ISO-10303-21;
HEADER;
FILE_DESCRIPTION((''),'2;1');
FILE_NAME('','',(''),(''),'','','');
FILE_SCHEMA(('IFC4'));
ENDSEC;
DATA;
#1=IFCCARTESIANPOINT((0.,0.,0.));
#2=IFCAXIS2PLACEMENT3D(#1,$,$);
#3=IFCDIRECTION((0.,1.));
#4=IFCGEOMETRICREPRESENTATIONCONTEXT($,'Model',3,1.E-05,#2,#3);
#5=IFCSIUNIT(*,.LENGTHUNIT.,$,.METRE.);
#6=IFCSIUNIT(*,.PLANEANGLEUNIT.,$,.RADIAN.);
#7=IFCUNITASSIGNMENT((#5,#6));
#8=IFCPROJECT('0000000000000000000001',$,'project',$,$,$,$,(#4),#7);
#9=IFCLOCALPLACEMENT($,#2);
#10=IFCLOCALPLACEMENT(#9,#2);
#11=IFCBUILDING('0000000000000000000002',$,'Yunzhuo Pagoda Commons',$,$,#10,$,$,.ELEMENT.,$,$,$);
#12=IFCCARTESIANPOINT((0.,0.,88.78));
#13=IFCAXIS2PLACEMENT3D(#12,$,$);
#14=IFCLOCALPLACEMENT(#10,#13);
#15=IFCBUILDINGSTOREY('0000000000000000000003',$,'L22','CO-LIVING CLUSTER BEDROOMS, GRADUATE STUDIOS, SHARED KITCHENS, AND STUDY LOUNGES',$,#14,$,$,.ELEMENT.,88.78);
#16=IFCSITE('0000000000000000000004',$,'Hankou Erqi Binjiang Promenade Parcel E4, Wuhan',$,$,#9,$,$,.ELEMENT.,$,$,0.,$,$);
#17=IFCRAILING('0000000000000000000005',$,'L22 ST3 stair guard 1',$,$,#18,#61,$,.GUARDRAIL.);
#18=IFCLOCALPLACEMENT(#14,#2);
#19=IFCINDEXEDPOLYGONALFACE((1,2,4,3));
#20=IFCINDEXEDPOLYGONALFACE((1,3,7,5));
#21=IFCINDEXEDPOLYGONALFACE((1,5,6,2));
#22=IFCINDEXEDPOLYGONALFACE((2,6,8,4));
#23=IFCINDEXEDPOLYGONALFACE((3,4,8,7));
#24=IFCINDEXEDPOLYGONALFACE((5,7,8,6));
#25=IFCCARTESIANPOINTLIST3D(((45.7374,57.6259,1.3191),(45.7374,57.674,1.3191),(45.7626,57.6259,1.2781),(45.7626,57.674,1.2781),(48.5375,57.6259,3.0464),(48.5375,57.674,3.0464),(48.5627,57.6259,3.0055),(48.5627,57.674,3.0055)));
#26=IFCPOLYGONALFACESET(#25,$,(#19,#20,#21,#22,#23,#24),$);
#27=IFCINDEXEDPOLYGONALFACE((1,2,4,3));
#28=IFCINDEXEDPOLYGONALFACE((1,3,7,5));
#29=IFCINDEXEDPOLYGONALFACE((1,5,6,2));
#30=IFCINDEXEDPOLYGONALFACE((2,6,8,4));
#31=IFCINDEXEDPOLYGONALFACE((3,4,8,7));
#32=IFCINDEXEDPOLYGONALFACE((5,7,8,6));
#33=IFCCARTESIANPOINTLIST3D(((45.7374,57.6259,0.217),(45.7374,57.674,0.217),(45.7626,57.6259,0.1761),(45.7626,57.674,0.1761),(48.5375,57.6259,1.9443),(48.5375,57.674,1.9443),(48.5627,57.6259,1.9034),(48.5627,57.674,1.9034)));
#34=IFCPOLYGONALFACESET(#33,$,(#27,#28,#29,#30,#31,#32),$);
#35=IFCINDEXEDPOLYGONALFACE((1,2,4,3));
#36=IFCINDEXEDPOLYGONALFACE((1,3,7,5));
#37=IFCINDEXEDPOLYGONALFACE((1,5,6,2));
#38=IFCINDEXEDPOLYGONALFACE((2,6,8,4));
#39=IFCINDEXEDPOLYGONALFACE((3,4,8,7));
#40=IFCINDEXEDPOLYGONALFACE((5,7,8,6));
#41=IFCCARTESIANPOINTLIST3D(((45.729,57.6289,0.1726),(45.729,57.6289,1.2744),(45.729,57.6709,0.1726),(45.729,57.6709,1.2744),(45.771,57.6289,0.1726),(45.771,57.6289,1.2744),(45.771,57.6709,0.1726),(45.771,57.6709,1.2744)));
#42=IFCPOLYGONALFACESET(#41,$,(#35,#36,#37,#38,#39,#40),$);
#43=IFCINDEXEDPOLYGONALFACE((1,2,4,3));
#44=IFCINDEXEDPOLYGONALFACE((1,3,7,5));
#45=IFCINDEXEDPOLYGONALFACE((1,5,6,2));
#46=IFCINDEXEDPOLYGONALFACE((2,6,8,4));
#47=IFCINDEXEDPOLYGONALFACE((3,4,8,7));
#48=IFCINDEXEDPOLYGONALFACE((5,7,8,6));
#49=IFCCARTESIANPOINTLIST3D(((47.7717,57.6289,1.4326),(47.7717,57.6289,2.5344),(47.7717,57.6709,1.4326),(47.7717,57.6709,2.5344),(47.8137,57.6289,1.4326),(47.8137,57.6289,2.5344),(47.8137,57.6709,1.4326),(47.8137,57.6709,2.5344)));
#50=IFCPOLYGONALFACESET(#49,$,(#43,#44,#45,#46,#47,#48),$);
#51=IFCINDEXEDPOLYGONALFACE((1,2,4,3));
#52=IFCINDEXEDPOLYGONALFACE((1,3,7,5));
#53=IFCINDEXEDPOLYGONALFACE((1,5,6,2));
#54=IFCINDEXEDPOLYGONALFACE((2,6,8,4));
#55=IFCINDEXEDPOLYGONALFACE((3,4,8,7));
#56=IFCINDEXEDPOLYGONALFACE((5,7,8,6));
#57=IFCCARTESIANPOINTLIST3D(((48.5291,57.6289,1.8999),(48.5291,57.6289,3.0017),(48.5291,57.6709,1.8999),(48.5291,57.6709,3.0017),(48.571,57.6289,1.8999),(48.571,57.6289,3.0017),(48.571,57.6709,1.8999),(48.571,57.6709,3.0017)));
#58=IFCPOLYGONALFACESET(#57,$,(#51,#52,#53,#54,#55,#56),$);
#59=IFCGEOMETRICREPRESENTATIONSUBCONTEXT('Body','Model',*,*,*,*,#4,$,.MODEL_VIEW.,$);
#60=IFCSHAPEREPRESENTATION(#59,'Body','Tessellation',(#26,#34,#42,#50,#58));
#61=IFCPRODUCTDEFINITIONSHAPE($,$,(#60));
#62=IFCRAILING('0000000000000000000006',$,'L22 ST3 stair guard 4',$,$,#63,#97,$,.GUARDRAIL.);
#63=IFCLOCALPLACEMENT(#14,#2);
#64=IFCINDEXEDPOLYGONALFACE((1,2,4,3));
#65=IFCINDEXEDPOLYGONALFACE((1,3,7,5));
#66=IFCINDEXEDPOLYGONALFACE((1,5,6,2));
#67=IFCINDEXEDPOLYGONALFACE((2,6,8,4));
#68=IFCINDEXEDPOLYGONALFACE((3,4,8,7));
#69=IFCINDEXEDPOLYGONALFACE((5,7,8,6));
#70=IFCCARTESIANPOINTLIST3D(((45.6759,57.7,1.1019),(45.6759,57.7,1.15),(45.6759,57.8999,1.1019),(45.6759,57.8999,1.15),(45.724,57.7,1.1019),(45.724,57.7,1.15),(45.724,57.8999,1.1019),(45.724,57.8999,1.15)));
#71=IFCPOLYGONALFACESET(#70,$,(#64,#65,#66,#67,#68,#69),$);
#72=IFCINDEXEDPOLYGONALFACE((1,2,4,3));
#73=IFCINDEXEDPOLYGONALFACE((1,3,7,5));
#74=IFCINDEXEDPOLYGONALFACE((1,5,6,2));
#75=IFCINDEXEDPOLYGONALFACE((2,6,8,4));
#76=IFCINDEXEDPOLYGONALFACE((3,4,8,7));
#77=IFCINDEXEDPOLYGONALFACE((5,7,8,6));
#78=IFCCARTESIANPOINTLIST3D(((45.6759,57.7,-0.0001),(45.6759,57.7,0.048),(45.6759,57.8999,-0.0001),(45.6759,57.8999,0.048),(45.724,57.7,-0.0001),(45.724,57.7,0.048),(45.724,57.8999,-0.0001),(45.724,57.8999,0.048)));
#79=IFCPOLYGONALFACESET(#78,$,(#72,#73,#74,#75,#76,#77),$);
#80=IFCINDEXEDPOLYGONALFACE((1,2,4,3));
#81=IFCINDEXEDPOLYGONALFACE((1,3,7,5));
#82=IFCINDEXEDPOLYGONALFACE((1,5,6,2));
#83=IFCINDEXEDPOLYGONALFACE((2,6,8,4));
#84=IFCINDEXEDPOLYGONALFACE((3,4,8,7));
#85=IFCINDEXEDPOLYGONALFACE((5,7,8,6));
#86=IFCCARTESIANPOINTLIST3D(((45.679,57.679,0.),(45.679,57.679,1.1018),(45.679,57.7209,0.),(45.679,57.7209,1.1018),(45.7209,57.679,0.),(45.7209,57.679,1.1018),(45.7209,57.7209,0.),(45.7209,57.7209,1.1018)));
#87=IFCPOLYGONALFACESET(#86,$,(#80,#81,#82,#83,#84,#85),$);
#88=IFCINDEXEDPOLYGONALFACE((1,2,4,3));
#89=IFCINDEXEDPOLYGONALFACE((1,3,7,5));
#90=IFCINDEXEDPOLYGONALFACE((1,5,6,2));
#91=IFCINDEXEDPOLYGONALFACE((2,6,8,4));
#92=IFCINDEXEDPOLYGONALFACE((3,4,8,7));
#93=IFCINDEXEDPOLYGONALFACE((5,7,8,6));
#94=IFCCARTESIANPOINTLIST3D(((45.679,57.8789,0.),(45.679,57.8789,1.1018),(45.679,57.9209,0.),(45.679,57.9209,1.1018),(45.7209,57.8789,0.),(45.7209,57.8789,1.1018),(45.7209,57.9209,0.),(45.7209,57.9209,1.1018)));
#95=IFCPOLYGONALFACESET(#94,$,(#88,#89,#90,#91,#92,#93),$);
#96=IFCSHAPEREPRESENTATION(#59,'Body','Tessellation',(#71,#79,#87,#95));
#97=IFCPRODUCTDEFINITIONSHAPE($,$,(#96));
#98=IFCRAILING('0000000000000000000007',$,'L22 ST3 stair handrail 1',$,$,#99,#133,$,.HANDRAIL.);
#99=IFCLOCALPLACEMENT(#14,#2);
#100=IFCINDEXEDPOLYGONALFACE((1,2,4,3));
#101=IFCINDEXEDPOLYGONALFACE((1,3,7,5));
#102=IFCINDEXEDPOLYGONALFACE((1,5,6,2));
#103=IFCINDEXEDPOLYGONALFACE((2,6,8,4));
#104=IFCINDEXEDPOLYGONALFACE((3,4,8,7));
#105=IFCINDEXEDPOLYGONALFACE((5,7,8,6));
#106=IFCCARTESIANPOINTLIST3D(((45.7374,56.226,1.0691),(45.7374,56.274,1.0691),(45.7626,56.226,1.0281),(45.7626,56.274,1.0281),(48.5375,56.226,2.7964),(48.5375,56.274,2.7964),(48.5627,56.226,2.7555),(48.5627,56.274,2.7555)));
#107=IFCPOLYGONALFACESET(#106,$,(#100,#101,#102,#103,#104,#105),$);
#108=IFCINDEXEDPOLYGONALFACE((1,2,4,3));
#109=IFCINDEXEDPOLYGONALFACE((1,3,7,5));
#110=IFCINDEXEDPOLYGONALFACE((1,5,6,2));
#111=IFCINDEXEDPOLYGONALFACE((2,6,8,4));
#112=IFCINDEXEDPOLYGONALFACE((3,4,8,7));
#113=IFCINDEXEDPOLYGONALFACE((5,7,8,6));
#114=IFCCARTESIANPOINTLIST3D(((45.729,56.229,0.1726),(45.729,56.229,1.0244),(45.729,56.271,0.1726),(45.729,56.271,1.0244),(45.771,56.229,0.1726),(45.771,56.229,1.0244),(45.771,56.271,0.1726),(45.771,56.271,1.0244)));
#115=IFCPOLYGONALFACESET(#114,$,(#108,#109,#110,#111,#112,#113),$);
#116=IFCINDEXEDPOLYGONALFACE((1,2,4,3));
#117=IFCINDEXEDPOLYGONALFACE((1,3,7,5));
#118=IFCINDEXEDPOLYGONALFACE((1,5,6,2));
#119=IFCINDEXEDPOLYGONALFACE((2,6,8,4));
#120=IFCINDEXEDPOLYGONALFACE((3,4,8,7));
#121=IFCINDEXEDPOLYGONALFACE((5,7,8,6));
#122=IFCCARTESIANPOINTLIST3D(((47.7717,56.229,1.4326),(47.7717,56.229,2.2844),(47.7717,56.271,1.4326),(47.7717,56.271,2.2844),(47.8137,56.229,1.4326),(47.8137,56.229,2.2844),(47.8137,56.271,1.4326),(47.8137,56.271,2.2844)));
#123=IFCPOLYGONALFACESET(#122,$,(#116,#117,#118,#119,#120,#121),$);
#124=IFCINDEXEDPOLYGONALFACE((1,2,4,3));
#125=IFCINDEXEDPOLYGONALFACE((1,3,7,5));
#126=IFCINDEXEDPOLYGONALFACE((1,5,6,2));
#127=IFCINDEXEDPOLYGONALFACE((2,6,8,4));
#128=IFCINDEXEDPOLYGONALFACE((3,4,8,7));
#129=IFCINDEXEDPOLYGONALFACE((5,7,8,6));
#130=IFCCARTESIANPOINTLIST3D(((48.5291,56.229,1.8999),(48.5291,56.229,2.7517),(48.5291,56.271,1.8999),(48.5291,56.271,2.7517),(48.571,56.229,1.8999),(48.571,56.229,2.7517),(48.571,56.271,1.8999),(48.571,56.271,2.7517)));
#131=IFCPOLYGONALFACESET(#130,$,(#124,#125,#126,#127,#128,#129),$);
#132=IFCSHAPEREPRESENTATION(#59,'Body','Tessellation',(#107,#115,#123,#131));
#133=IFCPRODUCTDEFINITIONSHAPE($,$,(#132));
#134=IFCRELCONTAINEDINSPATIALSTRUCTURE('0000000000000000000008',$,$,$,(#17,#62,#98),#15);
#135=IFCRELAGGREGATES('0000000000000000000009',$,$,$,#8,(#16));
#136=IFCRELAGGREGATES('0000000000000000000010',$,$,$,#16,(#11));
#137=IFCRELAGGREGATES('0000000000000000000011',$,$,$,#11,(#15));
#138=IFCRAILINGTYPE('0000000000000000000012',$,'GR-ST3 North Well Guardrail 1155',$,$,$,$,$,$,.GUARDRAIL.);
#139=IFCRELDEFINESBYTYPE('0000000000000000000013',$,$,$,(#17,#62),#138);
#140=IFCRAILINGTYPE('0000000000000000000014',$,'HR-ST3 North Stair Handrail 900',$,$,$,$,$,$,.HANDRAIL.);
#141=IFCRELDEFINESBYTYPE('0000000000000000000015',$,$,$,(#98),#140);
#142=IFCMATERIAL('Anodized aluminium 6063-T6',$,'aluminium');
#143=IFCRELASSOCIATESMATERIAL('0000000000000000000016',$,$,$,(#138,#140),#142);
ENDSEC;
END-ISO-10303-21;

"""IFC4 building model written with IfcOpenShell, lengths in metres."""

from ifc_helpers import new_model, si_unit, direction, frame, origin, origin_2d, place, context, subcontext, project, spatial, rectangle, extrude, material, type_object, element, save


model = new_model("IFC4")

# Units and contexts
model_context = context("Model", 3, precision=1e-05, world=origin(), true_north=direction((0.0, 1.0)))
body_context = subcontext(model_context, "Body", "Model", "MODEL_VIEW")
ifc_project = project(units=[si_unit("LENGTHUNIT", "METRE"), si_unit("PLANEANGLEUNIT", "RADIAN")], contexts=[model_context])

# Site, building, storey
site_placement = place(None, origin())
site = spatial("IfcSite", under=ifc_project, at=site_placement, Name="Hankou Erqi Binjiang Promenade Parcel E4, Wuhan", CompositionType="ELEMENT", RefElevation=0.0)
building_placement = place(site_placement, origin())
building = spatial("IfcBuilding", under=site, at=building_placement, Name="Yunzhuo Pagoda Commons", CompositionType="ELEMENT")
storey_placement = place(building_placement, frame((0.0, 0.0, 88.78)))
storey = spatial("IfcBuildingStorey", under=building, at=storey_placement, Name="L22", Description="CO-LIVING CLUSTER BEDROOMS, GRADUATE STUDIOS, SHARED KITCHENS, AND STUDY LOUNGES", CompositionType="ELEMENT", Elevation=88.78)

# Shared definitions
ifc_material_1 = material(Name="Anodized aluminium 6063-T6", Category="aluminium")

# Railings
railing_type_1 = type_object("IfcRailingType", Name="GR-ST3 North Well Guardrail 1155", PredefinedType="GUARDRAIL", material=ifc_material_1)
railing_1_placement = place(storey_placement, frame((45.75, 57.6499, 0.1726)))
element("IfcRailing", 1, at=railing_1_placement, inside=storey, type_object=railing_type_1, Name="L22 ST3 stair guard 1", PredefinedType="GUARDRAIL", context=body_context, shape_type="SweptSolid", body=[
    extrude(rectangle(XDim=0.0481, YDim=0.0481, at=origin_2d()), frame((0.0, 0.0, 1.126), z_axis=(0.85109, 0.0, 0.52502), x_axis=(0.0, 1.0, 0.0)), (0.0, 0.0, 1.0), 3.29),
    extrude(rectangle(XDim=0.0481, YDim=0.0481, at=origin_2d()), frame((0.0, 0.0, 0.0239), z_axis=(0.85109, 0.0, 0.52502), x_axis=(0.0, 1.0, 0.0)), (0.0, 0.0, 1.0), 3.29),
    extrude(rectangle(XDim=0.042, YDim=0.042, at=origin_2d()), origin(), (0.0, 0.0, 1.0), 1.1018),
    extrude(rectangle(XDim=0.042, YDim=0.042, at=origin_2d()), frame((2.0427, 0.0, 1.26)), (0.0, 0.0, 1.0), 1.1018),
    extrude(rectangle(XDim=0.042, YDim=0.042, at=origin_2d()), frame((2.8, 0.0, 1.7273)), (0.0, 0.0, 1.0), 1.1018),
])
railing_2_placement = place(storey_placement, frame((45.7, 57.7, 0.0)))
element("IfcRailing", 2, at=railing_2_placement, inside=storey, type_object=railing_type_1, Name="L22 ST3 stair guard 4", PredefinedType="GUARDRAIL", context=body_context, shape_type="SweptSolid", body=[
    extrude(rectangle(XDim=0.0481, YDim=0.0481, at=origin_2d()), frame((0.0, 0.0, 1.126), z_axis=(0.0, 1.0, 0.0), x_axis=(-1.0, 0.0, 0.0)), (0.0, 0.0, 1.0), 0.2),
    extrude(rectangle(XDim=0.0481, YDim=0.0481, at=origin_2d()), frame((0.0, 0.0, 0.0239), z_axis=(0.0, 1.0, 0.0), x_axis=(-1.0, 0.0, 0.0)), (0.0, 0.0, 1.0), 0.2),
    extrude(rectangle(XDim=0.042, YDim=0.042, at=origin_2d()), origin(), (0.0, 0.0, 1.0), 1.1018),
    extrude(rectangle(XDim=0.042, YDim=0.042, at=origin_2d()), frame((0.0, 0.2, 0.0)), (0.0, 0.0, 1.0), 1.1018),
])
railing_type_2 = type_object("IfcRailingType", Name="HR-ST3 North Stair Handrail 900", PredefinedType="HANDRAIL", material=ifc_material_1)
railing_3_placement = place(storey_placement, frame((45.75, 56.25, 0.1726)))
element("IfcRailing", 3, at=railing_3_placement, inside=storey, type_object=railing_type_2, Name="L22 ST3 stair handrail 1", PredefinedType="HANDRAIL", context=body_context, shape_type="SweptSolid", body=[
    extrude(rectangle(XDim=0.0481, YDim=0.0481, at=origin_2d()), frame((0.0, 0.0, 0.876), z_axis=(0.85109, 0.0, 0.52502), x_axis=(0.0, 1.0, 0.0)), (0.0, 0.0, 1.0), 3.29),
    extrude(rectangle(XDim=0.042, YDim=0.042, at=origin_2d()), origin(), (0.0, 0.0, 1.0), 0.8518),
    extrude(rectangle(XDim=0.042, YDim=0.042, at=origin_2d()), frame((2.0427, 0.0, 1.26)), (0.0, 0.0, 1.0), 0.8518),
    extrude(rectangle(XDim=0.042, YDim=0.042, at=origin_2d()), frame((2.8, 0.0, 1.7273)), (0.0, 0.0, 1.0), 0.8518),
])

save(model, "model.ifc")
